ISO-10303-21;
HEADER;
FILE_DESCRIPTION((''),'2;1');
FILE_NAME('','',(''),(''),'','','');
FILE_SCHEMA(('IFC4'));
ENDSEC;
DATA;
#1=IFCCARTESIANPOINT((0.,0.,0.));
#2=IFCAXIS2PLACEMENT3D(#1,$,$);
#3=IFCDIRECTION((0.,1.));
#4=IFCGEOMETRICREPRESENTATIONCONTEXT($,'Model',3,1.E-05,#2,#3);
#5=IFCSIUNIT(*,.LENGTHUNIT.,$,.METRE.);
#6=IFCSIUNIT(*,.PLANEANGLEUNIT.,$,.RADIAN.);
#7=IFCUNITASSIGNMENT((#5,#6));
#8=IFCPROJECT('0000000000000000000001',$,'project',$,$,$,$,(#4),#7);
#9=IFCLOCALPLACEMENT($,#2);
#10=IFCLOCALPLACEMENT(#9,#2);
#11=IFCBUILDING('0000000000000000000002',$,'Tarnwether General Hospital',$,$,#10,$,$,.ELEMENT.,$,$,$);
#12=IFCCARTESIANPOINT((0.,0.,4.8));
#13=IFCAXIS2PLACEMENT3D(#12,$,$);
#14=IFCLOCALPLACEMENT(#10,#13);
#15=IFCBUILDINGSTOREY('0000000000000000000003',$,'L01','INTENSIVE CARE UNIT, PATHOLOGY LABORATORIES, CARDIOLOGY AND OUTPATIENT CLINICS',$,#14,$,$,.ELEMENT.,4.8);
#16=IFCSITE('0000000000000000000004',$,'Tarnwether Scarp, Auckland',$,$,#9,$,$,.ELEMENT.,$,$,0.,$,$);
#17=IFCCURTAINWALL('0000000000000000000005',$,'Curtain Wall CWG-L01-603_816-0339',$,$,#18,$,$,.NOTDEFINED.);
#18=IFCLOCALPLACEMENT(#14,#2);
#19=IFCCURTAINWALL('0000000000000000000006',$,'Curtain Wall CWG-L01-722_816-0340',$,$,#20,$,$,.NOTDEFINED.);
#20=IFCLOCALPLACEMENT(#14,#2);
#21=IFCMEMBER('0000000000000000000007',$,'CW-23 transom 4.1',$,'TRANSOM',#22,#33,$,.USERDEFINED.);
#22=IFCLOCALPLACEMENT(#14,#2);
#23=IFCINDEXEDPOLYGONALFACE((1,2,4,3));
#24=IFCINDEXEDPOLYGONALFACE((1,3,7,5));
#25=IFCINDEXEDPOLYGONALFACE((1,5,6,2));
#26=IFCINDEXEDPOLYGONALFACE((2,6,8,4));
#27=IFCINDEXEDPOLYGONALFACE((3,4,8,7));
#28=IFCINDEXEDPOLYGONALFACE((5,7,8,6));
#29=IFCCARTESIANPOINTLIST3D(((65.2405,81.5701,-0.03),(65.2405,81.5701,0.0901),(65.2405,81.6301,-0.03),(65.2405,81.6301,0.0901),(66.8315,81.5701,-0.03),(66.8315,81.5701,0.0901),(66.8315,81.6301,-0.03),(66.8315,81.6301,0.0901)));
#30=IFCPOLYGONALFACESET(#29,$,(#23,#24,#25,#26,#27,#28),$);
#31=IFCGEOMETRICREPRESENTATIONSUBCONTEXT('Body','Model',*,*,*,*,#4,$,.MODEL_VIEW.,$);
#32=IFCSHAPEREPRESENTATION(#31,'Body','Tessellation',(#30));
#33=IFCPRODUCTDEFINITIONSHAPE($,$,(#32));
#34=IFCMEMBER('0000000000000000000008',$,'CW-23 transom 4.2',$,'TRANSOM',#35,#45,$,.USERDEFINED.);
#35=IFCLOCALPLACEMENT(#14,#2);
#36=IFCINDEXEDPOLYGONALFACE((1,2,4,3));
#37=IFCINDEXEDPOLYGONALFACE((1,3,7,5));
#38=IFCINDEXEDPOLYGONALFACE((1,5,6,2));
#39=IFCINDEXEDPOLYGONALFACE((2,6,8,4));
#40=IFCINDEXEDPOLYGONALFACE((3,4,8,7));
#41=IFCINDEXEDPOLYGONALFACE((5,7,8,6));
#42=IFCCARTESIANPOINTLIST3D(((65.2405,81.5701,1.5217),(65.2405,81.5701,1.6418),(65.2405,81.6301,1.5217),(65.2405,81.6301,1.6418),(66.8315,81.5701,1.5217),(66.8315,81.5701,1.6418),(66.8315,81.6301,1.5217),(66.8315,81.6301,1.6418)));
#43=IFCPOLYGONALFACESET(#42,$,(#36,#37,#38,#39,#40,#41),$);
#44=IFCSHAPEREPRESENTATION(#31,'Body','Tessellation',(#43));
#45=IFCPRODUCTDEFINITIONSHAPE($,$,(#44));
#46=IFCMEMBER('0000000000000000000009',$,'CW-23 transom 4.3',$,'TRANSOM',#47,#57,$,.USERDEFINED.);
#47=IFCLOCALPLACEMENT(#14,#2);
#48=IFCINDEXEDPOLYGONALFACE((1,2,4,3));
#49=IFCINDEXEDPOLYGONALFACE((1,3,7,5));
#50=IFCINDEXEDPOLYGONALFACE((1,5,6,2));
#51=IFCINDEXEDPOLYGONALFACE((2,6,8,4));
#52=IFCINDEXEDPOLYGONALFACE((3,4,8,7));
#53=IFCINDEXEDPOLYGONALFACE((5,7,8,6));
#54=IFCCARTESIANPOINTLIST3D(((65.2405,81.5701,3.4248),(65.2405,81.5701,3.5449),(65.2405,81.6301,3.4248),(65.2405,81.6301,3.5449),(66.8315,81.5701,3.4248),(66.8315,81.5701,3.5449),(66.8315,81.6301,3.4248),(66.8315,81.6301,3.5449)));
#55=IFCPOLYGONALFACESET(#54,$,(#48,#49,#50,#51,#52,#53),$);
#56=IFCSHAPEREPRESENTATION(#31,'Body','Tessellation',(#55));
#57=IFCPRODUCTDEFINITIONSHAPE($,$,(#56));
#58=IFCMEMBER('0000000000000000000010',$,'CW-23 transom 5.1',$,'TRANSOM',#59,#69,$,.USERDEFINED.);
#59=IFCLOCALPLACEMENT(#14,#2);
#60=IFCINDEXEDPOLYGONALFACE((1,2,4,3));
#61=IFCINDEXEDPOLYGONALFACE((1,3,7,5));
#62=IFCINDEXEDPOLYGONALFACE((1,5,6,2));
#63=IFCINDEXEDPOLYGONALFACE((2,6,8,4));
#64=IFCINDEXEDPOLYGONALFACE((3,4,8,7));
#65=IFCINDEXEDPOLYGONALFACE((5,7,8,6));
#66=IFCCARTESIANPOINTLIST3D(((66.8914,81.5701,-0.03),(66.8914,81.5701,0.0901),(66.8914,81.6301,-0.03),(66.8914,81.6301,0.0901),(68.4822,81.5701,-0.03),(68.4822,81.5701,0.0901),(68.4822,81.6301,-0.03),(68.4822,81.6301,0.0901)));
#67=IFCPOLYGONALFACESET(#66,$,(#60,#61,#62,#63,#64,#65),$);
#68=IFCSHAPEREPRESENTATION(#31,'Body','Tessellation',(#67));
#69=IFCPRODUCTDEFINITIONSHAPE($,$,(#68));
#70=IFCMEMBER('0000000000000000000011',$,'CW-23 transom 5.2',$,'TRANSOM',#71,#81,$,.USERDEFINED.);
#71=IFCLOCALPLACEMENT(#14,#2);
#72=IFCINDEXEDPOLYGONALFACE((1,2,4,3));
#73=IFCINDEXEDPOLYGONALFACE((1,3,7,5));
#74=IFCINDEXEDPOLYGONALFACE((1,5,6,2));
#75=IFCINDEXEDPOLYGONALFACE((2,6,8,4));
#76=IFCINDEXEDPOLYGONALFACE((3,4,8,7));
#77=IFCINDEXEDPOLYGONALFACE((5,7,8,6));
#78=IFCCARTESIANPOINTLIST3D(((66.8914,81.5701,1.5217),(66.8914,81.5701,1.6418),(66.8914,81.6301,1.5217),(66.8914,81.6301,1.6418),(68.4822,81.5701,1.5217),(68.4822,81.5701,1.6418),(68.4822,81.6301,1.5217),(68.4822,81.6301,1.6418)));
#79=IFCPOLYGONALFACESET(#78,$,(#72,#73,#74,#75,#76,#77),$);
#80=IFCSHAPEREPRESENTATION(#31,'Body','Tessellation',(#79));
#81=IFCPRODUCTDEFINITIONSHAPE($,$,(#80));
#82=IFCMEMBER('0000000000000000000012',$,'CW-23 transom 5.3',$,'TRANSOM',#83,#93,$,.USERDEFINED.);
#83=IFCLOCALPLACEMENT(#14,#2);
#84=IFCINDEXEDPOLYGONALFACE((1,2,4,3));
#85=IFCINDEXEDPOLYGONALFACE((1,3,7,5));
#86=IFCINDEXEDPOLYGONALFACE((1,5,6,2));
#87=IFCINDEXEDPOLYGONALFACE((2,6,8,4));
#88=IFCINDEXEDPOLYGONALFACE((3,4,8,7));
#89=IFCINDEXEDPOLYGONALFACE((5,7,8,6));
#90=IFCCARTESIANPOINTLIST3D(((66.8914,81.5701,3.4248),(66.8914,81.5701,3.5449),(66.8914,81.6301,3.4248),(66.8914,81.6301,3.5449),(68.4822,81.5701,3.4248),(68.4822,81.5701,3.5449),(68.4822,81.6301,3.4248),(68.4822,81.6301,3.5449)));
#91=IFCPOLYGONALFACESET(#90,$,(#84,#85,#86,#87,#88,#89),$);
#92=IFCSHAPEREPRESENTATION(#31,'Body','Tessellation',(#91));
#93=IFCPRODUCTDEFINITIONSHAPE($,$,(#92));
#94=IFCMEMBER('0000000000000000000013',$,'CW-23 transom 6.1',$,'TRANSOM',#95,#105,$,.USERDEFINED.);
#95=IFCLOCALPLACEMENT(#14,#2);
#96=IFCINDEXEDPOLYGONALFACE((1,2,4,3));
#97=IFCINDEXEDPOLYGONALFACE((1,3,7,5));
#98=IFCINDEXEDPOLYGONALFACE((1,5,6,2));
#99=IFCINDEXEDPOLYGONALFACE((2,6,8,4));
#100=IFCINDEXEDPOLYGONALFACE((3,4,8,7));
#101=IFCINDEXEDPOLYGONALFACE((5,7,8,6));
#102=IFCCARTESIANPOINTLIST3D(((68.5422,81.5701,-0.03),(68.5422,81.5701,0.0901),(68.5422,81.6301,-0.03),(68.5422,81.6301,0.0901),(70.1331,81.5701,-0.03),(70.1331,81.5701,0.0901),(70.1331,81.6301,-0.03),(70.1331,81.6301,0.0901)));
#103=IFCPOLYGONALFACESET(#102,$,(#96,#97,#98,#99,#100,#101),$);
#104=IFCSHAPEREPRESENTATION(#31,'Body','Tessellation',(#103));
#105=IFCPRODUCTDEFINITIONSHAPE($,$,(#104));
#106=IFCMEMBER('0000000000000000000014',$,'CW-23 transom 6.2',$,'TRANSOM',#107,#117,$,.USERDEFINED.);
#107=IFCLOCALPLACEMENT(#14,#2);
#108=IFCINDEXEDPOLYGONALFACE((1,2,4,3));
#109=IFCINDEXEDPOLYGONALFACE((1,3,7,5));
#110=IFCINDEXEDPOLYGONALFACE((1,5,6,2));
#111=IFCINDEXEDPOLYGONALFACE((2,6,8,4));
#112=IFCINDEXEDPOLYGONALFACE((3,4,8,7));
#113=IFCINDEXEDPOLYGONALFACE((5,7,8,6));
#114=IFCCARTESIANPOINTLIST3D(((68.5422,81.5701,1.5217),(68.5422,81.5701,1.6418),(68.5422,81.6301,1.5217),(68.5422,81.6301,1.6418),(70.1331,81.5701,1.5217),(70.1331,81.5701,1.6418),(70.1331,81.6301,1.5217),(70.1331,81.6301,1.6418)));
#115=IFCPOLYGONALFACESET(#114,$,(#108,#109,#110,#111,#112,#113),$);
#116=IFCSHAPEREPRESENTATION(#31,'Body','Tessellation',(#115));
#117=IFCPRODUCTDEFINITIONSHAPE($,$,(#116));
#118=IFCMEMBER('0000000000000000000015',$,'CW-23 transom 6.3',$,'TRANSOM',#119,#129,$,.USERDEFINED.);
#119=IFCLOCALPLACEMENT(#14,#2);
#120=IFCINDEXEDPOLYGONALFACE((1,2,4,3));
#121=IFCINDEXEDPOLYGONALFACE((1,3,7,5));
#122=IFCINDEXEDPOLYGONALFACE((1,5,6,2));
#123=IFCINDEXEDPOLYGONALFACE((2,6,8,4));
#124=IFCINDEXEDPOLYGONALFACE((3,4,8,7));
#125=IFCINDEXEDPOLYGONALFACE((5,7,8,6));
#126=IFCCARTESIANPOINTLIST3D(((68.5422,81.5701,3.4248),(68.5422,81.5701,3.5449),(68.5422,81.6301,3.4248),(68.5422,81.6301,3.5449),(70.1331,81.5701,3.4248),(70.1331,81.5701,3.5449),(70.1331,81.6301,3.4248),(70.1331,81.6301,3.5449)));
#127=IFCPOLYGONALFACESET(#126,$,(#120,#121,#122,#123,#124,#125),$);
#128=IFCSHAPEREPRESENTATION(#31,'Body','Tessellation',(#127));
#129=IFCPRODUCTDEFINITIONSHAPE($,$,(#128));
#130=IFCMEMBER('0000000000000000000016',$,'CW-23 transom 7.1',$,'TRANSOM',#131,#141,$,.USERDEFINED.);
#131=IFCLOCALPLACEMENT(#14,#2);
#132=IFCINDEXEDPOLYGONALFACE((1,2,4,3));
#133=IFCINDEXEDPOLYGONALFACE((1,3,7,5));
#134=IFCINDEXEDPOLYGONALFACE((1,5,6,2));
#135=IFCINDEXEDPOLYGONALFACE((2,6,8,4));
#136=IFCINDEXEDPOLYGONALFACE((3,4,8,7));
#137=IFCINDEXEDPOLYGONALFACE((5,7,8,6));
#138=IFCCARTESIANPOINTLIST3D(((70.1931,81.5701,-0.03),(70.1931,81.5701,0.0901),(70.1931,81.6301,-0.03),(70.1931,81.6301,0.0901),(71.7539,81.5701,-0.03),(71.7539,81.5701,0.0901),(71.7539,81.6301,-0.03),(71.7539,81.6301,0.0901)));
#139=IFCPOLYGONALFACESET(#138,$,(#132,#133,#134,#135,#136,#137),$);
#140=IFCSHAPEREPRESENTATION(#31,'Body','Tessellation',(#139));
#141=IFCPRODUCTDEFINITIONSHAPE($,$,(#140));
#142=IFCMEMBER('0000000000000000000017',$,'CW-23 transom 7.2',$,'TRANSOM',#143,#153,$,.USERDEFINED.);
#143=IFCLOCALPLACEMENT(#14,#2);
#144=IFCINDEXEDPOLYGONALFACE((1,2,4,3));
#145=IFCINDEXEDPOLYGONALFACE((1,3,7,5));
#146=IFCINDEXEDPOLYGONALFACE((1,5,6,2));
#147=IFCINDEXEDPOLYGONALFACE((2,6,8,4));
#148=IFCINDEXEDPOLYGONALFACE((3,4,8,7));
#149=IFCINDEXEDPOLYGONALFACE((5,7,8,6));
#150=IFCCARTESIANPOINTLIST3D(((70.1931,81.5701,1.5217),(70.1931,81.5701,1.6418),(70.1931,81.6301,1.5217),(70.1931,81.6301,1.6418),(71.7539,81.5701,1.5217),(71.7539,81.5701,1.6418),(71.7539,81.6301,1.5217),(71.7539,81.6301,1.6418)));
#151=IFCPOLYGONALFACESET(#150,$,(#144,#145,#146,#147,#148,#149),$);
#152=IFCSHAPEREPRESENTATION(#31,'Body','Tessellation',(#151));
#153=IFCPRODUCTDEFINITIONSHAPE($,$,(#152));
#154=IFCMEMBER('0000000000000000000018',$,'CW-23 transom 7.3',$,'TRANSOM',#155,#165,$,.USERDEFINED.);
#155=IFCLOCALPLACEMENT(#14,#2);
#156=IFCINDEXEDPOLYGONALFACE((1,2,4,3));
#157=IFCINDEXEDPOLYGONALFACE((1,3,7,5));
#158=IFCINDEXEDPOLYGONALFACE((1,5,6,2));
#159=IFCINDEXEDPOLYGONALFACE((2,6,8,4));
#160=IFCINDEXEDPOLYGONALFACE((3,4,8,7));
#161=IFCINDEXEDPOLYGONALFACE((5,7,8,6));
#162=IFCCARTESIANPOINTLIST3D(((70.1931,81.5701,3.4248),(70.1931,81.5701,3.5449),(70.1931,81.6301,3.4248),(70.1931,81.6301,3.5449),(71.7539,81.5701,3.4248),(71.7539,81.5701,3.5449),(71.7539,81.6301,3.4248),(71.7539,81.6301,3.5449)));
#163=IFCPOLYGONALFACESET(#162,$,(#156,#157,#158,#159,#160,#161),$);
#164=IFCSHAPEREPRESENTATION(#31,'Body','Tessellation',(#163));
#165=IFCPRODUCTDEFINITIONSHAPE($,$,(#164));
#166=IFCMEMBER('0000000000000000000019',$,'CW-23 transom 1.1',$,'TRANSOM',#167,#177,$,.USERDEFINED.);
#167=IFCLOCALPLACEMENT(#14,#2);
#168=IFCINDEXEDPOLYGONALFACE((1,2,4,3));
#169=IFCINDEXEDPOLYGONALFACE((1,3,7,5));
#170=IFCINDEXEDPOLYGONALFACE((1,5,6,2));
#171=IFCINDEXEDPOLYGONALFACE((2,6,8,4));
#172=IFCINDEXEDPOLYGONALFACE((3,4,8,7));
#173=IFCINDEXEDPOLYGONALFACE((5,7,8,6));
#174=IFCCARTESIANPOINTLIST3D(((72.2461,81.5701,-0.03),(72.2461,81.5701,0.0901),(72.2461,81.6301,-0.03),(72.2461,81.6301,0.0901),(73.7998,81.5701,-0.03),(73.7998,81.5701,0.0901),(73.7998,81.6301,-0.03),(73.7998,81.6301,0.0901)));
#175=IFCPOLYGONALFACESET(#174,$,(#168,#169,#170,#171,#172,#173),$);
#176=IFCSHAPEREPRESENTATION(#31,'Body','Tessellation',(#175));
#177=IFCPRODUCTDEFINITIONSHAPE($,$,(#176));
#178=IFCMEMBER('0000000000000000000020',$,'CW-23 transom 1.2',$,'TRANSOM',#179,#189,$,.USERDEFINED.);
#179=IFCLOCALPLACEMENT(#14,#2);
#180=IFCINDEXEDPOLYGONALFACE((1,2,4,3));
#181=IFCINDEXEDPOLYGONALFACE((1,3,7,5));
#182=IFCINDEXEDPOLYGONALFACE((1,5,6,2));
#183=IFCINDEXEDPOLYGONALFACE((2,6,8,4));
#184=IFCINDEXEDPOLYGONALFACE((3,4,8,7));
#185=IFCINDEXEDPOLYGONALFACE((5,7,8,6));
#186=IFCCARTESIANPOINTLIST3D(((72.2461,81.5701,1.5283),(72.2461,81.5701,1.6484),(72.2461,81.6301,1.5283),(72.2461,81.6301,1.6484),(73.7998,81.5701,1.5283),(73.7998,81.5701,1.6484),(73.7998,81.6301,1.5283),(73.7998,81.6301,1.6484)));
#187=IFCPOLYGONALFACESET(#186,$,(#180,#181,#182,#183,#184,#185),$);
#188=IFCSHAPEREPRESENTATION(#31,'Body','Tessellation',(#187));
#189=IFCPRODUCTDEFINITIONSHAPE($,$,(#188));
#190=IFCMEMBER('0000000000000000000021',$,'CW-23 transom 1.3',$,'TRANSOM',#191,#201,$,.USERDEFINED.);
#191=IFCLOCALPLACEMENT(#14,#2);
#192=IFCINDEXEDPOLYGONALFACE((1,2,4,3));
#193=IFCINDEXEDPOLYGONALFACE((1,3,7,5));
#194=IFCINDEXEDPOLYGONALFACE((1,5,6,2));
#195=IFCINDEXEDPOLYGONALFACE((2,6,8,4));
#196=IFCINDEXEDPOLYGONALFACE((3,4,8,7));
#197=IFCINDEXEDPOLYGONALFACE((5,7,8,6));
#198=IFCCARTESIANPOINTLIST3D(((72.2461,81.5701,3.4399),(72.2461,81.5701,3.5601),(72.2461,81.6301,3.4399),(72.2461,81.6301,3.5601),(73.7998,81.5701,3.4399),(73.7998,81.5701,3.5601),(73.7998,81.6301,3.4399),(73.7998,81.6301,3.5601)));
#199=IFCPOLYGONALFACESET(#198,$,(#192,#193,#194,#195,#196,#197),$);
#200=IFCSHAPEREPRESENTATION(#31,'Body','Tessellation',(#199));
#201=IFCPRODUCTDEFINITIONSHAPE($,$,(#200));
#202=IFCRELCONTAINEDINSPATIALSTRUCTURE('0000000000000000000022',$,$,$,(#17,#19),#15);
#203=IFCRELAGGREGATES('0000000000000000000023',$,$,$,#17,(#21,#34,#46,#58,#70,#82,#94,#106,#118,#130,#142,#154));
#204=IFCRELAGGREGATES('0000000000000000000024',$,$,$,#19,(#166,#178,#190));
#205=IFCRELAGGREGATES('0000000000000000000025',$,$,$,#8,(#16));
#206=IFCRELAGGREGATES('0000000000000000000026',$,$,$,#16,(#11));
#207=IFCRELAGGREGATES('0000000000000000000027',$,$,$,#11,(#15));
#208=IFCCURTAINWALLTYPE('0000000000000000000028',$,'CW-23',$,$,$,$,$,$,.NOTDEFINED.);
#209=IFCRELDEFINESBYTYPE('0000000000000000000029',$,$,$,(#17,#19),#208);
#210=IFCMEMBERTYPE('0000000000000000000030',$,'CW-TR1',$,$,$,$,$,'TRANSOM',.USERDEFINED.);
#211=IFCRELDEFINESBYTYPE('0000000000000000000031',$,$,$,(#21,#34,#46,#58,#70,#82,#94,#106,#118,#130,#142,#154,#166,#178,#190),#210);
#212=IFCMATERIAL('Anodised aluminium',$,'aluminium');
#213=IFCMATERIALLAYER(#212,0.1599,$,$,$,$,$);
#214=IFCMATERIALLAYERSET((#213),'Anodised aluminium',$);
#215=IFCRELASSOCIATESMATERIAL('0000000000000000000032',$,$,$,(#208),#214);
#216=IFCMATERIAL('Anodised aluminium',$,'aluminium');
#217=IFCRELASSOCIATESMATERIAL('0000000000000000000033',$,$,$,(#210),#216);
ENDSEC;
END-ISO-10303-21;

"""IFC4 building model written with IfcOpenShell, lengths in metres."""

from ifc_helpers import new_model, si_unit, direction, frame, origin, origin_2d, place, context, subcontext, project, spatial, rectangle, extrude, material, layer, layer_set, material_profile, profile_set, type_object, element, aggregate, save


model = new_model("IFC4")

# Units and contexts
model_context = context("Model", 3, precision=1e-05, world=origin(), true_north=direction((0.0, 1.0)))
body_context = subcontext(model_context, "Body", "Model", "MODEL_VIEW")
ifc_project = project(units=[si_unit("LENGTHUNIT", "METRE"), si_unit("PLANEANGLEUNIT", "RADIAN")], contexts=[model_context])

# Site, building, storey
site_placement = place(None, origin())
site = spatial("IfcSite", under=ifc_project, at=site_placement, Name="Tarnwether Scarp, Auckland", CompositionType="ELEMENT", RefElevation=0.0)
building_placement = place(site_placement, origin())
building = spatial("IfcBuilding", under=site, at=building_placement, Name="Tarnwether General Hospital", CompositionType="ELEMENT")
storey_placement = place(building_placement, frame((0.0, 0.0, 4.8)))
storey = spatial("IfcBuildingStorey", under=building, at=storey_placement, Name="L01", Description="INTENSIVE CARE UNIT, PATHOLOGY LABORATORIES, CARDIOLOGY AND OUTPATIENT CLINICS", CompositionType="ELEMENT", Elevation=4.8)

# Curtain wall
ifc_material_1 = material(Name="Anodised aluminium", Category="aluminium")
ifc_layer_1 = layer(ifc_material_1, 0.1599)
ifc_layer_set_1 = layer_set([ifc_layer_1], Name="Anodised aluminium")
curtain_wall_type = type_object("IfcCurtainWallType", Name="CW-23", PredefinedType="NOTDEFINED", material=ifc_layer_set_1)
curtain_wall_1_placement = place(storey_placement, origin())
curtain_wall_1 = element("IfcCurtainWall", 1, at=curtain_wall_1_placement, inside=storey, type_object=curtain_wall_type, Name="Curtain Wall CWG-L01-603_816-0339", PredefinedType="NOTDEFINED")

# Curtain wall
curtain_wall_2_placement = place(storey_placement, origin())
curtain_wall_2 = element("IfcCurtainWall", 2, at=curtain_wall_2_placement, inside=storey, type_object=curtain_wall_type, Name="Curtain Wall CWG-L01-722_816-0340", PredefinedType="NOTDEFINED")

# Members
ifc_material_2 = material(Name="Anodised aluminium", Category="aluminium")
ifc_material_profile_1 = material_profile(ifc_material_2, rectangle(XDim=0.0601, YDim=0.1201, at=origin_2d()), Name="ALU-TRN-60x120")
ifc_profile_set_1 = profile_set([ifc_material_profile_1], Name="Anodised aluminium")
member_type_1 = type_object("IfcMemberType", Name="CW-TR1", ElementType="TRANSOM", PredefinedType="USERDEFINED", material=ifc_profile_set_1)
member_1_placement = place(storey_placement, frame((65.2405, 81.6001, 0.03), z_axis=(1.0, 0.0, 0.0), x_axis=(0.0, 1.0, 0.0)))
member_1 = element("IfcMember", 3, at=member_1_placement, type_object=member_type_1, Name="CW-23 transom 4.1", ObjectType="TRANSOM", PredefinedType="USERDEFINED", context=body_context, shape_type="SweptSolid", body=[
    extrude(rectangle(XDim=0.0601, YDim=0.1201, at=origin_2d()), origin(), (0.0, 0.0, 1.0), 1.5911),
])
member_2_placement = place(storey_placement, frame((65.2405, 81.6001, 1.5818), z_axis=(1.0, 0.0, 0.0), x_axis=(0.0, 1.0, 0.0)))
member_2 = element("IfcMember", 4, at=member_2_placement, type_object=member_type_1, Name="CW-23 transom 4.2", ObjectType="TRANSOM", PredefinedType="USERDEFINED", context=body_context, shape_type="SweptSolid", body=[
    extrude(rectangle(XDim=0.0601, YDim=0.1201, at=origin_2d()), origin(), (0.0, 0.0, 1.0), 1.5911),
])
member_3_placement = place(storey_placement, frame((65.2405, 81.6001, 3.4849), z_axis=(1.0, 0.0, 0.0), x_axis=(0.0, 1.0, 0.0)))
member_3 = element("IfcMember", 5, at=member_3_placement, type_object=member_type_1, Name="CW-23 transom 4.3", ObjectType="TRANSOM", PredefinedType="USERDEFINED", context=body_context, shape_type="SweptSolid", body=[
    extrude(rectangle(XDim=0.0601, YDim=0.1201, at=origin_2d()), origin(), (0.0, 0.0, 1.0), 1.5911),
])
member_4_placement = place(storey_placement, frame((66.8914, 81.6001, 0.03), z_axis=(1.0, 0.0, 0.0), x_axis=(0.0, 1.0, 0.0)))
member_4 = element("IfcMember", 6, at=member_4_placement, type_object=member_type_1, Name="CW-23 transom 5.1", ObjectType="TRANSOM", PredefinedType="USERDEFINED", context=body_context, shape_type="SweptSolid", body=[
    extrude(rectangle(XDim=0.0601, YDim=0.1201, at=origin_2d()), origin(), (0.0, 0.0, 1.0), 1.5908),
])
member_5_placement = place(storey_placement, frame((66.8914, 81.6001, 1.5818), z_axis=(1.0, 0.0, 0.0), x_axis=(0.0, 1.0, 0.0)))
member_5 = element("IfcMember", 7, at=member_5_placement, type_object=member_type_1, Name="CW-23 transom 5.2", ObjectType="TRANSOM", PredefinedType="USERDEFINED", context=body_context, shape_type="SweptSolid", body=[
    extrude(rectangle(XDim=0.0601, YDim=0.1201, at=origin_2d()), origin(), (0.0, 0.0, 1.0), 1.5908),
])
member_6_placement = place(storey_placement, frame((66.8914, 81.6001, 3.4849), z_axis=(1.0, 0.0, 0.0), x_axis=(0.0, 1.0, 0.0)))
member_6 = element("IfcMember", 8, at=member_6_placement, type_object=member_type_1, Name="CW-23 transom 5.3", ObjectType="TRANSOM", PredefinedType="USERDEFINED", context=body_context, shape_type="SweptSolid", body=[
    extrude(rectangle(XDim=0.0601, YDim=0.1201, at=origin_2d()), origin(), (0.0, 0.0, 1.0), 1.5908),
])
member_7_placement = place(storey_placement, frame((68.5422, 81.6001, 0.03), z_axis=(1.0, 0.0, 0.0), x_axis=(0.0, 1.0, 0.0)))
member_7 = element("IfcMember", 9, at=member_7_placement, type_object=member_type_1, Name="CW-23 transom 6.1", ObjectType="TRANSOM", PredefinedType="USERDEFINED", context=body_context, shape_type="SweptSolid", body=[
    extrude(rectangle(XDim=0.0601, YDim=0.1201, at=origin_2d()), origin(), (0.0, 0.0, 1.0), 1.5908),
])
member_8_placement = place(storey_placement, frame((68.5422, 81.6001, 1.5818), z_axis=(1.0, 0.0, 0.0), x_axis=(0.0, 1.0, 0.0)))
member_8 = element("IfcMember", 10, at=member_8_placement, type_object=member_type_1, Name="CW-23 transom 6.2", ObjectType="TRANSOM", PredefinedType="USERDEFINED", context=body_context, shape_type="SweptSolid", body=[
    extrude(rectangle(XDim=0.0601, YDim=0.1201, at=origin_2d()), origin(), (0.0, 0.0, 1.0), 1.5908),
])
member_9_placement = place(storey_placement, frame((68.5422, 81.6001, 3.4849), z_axis=(1.0, 0.0, 0.0), x_axis=(0.0, 1.0, 0.0)))
member_9 = element("IfcMember", 11, at=member_9_placement, type_object=member_type_1, Name="CW-23 transom 6.3", ObjectType="TRANSOM", PredefinedType="USERDEFINED", context=body_context, shape_type="SweptSolid", body=[
    extrude(rectangle(XDim=0.0601, YDim=0.1201, at=origin_2d()), origin(), (0.0, 0.0, 1.0), 1.5908),
])
member_10_placement = place(storey_placement, frame((70.1931, 81.6001, 0.03), z_axis=(1.0, 0.0, 0.0), x_axis=(0.0, 1.0, 0.0)))
member_10 = element("IfcMember", 12, at=member_10_placement, type_object=member_type_1, Name="CW-23 transom 7.1", ObjectType="TRANSOM", PredefinedType="USERDEFINED", context=body_context, shape_type="SweptSolid", body=[
    extrude(rectangle(XDim=0.0601, YDim=0.1201, at=origin_2d()), origin(), (0.0, 0.0, 1.0), 1.5608),
])
member_11_placement = place(storey_placement, frame((70.1931, 81.6001, 1.5818), z_axis=(1.0, 0.0, 0.0), x_axis=(0.0, 1.0, 0.0)))
member_11 = element("IfcMember", 13, at=member_11_placement, type_object=member_type_1, Name="CW-23 transom 7.2", ObjectType="TRANSOM", PredefinedType="USERDEFINED", context=body_context, shape_type="SweptSolid", body=[
    extrude(rectangle(XDim=0.0601, YDim=0.1201, at=origin_2d()), origin(), (0.0, 0.0, 1.0), 1.5608),
])
member_12_placement = place(storey_placement, frame((70.1931, 81.6001, 3.4849), z_axis=(1.0, 0.0, 0.0), x_axis=(0.0, 1.0, 0.0)))
member_12 = element("IfcMember", 14, at=member_12_placement, type_object=member_type_1, Name="CW-23 transom 7.3", ObjectType="TRANSOM", PredefinedType="USERDEFINED", context=body_context, shape_type="SweptSolid", body=[
    extrude(rectangle(XDim=0.0601, YDim=0.1201, at=origin_2d()), origin(), (0.0, 0.0, 1.0), 1.5608),
])
member_13_placement = place(storey_placement, frame((72.2461, 81.6001, 0.03), z_axis=(1.0, 0.0, 0.0), x_axis=(0.0, 1.0, 0.0)))
member_13 = element("IfcMember", 15, at=member_13_placement, type_object=member_type_1, Name="CW-23 transom 1.1", ObjectType="TRANSOM", PredefinedType="USERDEFINED", context=body_context, shape_type="SweptSolid", body=[
    extrude(rectangle(XDim=0.0601, YDim=0.1201, at=origin_2d()), origin(), (0.0, 0.0, 1.0), 1.5537),
])
member_14_placement = place(storey_placement, frame((72.2461, 81.6001, 1.5884), z_axis=(1.0, 0.0, 0.0), x_axis=(0.0, 1.0, 0.0)))
member_14 = element("IfcMember", 16, at=member_14_placement, type_object=member_type_1, Name="CW-23 transom 1.2", ObjectType="TRANSOM", PredefinedType="USERDEFINED", context=body_context, shape_type="SweptSolid", body=[
    extrude(rectangle(XDim=0.0601, YDim=0.1201, at=origin_2d()), origin(), (0.0, 0.0, 1.0), 1.5537),
])
member_15_placement = place(storey_placement, frame((72.2461, 81.6001, 3.5), z_axis=(1.0, 0.0, 0.0), x_axis=(0.0, 1.0, 0.0)))
member_15 = element("IfcMember", 17, at=member_15_placement, type_object=member_type_1, Name="CW-23 transom 1.3", ObjectType="TRANSOM", PredefinedType="USERDEFINED", context=body_context, shape_type="SweptSolid", body=[
    extrude(rectangle(XDim=0.0601, YDim=0.1201, at=origin_2d()), origin(), (0.0, 0.0, 1.0), 1.5537),
])

aggregate(curtain_wall_1, [member_1, member_2, member_3, member_4, member_5, member_6, member_7, member_8, member_9, member_10, member_11, member_12])
aggregate(curtain_wall_2, [member_13, member_14, member_15])

save(model, "model.ifc")
